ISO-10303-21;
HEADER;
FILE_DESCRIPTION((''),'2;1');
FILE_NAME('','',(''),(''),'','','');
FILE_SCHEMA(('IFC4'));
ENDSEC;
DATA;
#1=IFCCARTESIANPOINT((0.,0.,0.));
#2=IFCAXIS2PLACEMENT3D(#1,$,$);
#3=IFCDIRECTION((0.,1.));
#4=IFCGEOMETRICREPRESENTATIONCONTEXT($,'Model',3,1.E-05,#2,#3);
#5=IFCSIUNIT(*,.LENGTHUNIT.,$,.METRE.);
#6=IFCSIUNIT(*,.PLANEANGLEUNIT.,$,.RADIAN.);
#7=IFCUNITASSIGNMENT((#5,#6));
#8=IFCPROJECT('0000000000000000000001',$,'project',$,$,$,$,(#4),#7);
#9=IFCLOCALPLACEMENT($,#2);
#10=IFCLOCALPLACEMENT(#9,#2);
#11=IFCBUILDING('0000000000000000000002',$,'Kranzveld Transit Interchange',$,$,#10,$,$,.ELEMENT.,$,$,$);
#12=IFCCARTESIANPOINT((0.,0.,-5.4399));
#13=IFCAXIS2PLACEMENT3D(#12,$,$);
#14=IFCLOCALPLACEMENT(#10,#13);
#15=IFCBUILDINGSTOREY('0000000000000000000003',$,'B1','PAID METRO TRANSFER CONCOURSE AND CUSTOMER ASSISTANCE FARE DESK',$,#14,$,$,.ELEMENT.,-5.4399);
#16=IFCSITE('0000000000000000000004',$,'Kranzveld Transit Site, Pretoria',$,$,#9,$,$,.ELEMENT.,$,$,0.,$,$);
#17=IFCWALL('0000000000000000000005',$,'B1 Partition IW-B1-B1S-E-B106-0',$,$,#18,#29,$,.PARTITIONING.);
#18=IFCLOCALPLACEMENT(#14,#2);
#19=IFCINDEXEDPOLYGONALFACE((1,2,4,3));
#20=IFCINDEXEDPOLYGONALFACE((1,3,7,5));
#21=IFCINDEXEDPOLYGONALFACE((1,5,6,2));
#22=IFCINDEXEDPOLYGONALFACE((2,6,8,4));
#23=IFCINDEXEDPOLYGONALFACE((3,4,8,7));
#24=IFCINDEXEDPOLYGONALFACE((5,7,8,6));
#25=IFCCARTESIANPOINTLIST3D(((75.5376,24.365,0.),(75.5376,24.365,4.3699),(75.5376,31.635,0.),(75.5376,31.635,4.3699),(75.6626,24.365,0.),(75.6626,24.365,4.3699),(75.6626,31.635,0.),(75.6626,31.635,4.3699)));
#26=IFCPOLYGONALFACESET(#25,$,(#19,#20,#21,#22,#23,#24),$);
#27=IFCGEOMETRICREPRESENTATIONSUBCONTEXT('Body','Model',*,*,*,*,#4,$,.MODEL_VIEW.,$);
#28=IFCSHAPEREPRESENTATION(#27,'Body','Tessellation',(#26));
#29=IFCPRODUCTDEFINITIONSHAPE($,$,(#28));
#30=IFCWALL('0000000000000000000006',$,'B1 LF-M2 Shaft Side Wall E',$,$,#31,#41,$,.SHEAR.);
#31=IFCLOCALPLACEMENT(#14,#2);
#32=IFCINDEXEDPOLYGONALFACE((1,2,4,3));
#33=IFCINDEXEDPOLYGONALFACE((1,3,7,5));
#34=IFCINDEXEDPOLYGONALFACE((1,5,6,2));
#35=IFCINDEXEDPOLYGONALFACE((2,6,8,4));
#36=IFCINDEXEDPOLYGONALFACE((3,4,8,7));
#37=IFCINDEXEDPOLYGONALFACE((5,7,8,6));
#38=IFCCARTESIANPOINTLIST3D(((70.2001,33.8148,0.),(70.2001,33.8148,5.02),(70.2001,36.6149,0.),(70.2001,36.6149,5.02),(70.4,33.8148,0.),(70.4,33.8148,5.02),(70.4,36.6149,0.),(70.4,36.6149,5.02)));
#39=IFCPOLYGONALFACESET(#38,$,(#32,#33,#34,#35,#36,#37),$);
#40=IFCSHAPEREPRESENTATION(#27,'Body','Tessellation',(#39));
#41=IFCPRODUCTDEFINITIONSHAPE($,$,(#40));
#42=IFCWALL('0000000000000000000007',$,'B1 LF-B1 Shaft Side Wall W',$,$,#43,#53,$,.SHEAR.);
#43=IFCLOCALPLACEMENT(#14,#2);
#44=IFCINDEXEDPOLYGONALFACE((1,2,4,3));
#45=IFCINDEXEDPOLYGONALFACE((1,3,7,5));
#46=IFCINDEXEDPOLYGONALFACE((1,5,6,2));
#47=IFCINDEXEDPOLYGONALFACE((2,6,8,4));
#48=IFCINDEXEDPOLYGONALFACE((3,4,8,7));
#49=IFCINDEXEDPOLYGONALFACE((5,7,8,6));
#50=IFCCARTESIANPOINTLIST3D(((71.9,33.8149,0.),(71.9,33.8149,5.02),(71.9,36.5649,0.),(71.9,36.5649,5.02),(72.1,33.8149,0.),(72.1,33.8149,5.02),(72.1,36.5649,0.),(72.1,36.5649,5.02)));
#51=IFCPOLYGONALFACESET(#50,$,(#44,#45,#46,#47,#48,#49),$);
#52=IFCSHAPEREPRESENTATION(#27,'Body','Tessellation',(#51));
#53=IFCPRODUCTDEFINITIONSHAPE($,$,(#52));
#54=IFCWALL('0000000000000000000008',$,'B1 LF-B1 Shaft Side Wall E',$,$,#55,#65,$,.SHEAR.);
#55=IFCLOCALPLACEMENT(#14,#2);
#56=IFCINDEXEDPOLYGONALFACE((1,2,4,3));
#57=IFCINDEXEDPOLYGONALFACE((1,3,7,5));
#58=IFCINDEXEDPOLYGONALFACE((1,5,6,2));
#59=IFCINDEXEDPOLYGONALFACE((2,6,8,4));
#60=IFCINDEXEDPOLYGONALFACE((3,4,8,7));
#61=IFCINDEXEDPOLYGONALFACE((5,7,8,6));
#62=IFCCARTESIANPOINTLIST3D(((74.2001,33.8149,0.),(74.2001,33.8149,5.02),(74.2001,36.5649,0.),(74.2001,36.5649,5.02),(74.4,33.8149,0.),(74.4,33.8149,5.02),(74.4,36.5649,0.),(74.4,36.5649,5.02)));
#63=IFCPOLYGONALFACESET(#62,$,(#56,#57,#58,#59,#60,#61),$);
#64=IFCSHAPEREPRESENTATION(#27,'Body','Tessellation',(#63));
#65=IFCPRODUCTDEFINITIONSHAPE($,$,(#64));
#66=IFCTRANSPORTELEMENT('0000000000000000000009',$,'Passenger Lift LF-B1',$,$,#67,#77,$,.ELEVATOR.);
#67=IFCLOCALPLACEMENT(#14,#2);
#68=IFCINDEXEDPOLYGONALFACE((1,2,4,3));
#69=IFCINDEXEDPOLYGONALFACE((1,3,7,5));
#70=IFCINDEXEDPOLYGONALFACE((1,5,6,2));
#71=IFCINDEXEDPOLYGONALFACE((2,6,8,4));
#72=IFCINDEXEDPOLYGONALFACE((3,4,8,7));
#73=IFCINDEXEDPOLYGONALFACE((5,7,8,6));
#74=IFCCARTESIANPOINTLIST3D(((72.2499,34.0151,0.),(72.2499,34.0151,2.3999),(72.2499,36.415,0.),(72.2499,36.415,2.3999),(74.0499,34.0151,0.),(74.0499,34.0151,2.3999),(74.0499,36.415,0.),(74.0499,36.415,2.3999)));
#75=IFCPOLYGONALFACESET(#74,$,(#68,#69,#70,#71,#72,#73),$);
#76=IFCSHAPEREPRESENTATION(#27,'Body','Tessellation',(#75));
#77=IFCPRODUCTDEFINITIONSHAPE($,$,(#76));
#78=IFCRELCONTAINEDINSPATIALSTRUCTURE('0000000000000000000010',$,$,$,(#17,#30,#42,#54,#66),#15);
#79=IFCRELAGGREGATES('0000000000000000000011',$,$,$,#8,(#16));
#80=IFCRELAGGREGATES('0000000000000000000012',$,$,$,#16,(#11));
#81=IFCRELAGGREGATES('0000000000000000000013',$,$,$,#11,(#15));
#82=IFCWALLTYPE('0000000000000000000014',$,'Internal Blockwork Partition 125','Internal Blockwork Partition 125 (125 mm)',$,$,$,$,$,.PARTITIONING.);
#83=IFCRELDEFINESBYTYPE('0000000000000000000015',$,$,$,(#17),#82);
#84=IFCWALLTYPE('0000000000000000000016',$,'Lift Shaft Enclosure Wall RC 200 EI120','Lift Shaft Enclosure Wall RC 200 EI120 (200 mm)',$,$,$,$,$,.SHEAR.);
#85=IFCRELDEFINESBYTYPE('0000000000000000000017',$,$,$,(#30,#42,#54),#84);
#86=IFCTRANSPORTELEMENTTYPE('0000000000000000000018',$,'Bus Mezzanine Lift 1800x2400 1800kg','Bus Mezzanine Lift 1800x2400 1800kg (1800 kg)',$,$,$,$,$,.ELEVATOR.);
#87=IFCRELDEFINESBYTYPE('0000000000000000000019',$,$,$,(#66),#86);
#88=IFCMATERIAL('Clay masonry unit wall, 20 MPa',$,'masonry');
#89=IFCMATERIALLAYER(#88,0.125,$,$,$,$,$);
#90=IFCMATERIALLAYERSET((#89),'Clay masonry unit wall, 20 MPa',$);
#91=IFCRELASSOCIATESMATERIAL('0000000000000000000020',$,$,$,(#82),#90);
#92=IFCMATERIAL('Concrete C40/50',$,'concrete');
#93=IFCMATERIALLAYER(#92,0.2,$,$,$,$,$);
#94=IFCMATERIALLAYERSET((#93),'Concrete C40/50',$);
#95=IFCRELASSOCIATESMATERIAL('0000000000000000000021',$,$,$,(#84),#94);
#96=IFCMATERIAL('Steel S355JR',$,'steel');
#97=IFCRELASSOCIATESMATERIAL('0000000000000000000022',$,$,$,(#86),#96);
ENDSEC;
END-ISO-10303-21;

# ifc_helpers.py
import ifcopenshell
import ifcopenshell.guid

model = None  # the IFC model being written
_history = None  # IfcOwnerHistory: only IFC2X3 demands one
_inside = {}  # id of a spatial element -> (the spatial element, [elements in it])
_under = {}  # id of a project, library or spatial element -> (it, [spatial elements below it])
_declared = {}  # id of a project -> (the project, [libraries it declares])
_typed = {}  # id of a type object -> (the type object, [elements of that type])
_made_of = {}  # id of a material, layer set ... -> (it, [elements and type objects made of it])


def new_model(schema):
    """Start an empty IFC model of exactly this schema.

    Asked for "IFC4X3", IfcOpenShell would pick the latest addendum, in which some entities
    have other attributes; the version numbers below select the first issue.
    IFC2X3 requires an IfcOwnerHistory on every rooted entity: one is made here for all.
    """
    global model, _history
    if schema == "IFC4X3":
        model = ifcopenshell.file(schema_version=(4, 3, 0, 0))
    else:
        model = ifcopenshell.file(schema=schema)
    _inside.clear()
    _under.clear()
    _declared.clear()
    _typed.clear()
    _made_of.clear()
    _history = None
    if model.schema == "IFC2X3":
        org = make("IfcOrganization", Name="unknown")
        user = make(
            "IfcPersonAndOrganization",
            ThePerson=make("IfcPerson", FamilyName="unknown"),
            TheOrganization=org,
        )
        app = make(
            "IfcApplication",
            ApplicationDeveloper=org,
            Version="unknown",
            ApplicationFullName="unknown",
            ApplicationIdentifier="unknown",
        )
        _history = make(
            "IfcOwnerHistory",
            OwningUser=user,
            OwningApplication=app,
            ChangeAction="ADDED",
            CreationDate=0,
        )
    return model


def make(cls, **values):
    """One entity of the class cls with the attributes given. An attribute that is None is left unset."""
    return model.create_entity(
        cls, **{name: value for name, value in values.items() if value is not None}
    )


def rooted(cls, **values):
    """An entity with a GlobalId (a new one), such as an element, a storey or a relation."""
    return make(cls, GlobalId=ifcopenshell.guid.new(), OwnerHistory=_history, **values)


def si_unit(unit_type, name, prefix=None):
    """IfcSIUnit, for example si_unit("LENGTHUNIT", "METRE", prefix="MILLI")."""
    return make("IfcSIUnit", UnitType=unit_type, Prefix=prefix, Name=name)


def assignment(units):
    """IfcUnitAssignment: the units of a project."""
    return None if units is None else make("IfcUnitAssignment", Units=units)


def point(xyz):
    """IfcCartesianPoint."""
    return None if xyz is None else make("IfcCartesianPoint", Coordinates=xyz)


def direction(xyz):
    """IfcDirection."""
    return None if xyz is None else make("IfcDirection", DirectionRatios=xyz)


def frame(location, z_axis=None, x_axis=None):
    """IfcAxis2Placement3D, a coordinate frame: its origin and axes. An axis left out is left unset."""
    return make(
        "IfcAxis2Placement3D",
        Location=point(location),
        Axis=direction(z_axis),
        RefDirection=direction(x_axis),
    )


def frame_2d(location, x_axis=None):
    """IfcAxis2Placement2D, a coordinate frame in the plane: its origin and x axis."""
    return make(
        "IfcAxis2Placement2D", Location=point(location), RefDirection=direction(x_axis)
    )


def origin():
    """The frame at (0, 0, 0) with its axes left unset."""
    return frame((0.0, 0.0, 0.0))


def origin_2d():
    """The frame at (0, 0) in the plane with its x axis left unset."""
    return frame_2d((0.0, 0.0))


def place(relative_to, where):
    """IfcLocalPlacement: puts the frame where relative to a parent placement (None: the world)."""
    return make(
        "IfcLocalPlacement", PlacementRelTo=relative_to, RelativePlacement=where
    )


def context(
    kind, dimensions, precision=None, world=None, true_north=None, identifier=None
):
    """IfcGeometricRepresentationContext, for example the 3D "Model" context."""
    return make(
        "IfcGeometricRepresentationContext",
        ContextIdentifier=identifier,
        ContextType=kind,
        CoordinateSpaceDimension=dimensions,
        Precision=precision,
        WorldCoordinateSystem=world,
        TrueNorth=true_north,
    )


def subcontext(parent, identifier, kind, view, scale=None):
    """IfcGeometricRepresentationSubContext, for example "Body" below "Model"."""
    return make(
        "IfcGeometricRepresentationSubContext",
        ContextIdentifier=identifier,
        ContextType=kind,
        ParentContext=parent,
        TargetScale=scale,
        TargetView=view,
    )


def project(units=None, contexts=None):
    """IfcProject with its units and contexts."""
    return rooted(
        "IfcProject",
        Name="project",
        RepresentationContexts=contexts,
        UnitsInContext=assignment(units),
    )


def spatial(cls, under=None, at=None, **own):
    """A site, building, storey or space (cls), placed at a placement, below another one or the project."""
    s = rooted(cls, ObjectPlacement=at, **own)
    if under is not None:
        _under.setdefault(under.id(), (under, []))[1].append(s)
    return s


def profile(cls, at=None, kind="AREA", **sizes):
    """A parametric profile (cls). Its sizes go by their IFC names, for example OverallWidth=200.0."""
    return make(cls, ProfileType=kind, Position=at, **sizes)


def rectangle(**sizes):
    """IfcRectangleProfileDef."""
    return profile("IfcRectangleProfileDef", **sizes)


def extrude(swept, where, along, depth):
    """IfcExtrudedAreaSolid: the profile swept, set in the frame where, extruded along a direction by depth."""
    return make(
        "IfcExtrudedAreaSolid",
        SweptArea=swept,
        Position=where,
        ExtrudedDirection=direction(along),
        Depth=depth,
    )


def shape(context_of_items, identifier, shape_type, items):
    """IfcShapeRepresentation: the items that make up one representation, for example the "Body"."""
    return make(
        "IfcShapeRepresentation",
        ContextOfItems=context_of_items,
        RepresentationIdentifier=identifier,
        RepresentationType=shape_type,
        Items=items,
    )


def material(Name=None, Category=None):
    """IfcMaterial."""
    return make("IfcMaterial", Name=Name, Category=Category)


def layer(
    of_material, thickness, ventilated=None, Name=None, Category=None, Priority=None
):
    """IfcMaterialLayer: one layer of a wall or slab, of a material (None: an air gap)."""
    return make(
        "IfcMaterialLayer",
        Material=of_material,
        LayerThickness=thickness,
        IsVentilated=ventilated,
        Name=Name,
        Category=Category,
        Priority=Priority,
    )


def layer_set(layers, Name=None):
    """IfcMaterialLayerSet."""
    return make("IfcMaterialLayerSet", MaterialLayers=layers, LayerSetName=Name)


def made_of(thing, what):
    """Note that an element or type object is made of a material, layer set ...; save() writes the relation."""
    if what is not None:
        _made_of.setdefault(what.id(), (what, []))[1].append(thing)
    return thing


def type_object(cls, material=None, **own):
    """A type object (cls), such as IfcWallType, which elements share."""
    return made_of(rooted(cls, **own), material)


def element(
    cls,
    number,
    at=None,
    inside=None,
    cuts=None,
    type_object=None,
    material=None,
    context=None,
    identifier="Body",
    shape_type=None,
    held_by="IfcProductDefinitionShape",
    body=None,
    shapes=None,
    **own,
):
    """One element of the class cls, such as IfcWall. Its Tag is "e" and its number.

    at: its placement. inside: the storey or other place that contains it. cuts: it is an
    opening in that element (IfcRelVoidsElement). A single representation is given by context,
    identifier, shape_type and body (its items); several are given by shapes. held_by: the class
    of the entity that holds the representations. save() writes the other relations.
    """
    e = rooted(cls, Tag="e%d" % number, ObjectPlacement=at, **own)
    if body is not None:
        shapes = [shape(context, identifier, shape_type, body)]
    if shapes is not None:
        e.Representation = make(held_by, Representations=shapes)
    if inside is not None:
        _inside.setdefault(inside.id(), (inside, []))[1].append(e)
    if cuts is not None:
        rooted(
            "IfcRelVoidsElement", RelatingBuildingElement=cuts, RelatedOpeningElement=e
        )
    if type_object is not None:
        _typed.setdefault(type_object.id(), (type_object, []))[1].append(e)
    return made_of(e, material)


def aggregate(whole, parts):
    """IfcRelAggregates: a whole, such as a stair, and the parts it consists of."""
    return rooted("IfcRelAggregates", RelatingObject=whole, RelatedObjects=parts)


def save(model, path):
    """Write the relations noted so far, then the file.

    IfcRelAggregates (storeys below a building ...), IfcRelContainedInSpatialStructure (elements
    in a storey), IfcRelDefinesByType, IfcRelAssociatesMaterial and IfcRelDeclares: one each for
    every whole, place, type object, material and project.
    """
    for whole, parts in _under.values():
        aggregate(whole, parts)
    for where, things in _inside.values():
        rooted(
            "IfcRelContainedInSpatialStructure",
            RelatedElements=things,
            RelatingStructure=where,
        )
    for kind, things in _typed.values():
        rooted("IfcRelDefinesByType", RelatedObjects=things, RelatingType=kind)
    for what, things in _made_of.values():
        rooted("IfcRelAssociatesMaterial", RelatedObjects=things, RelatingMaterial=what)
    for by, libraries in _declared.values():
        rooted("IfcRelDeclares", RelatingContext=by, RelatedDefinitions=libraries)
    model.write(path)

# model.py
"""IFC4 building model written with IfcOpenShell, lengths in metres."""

from ifc_helpers import new_model, si_unit, direction, frame, frame_2d, origin, origin_2d, place, context, subcontext, project, spatial, rectangle, extrude, material, layer, layer_set, type_object, element, save


model = new_model("IFC4")

# Units and contexts
model_context = context("Model", 3, precision=1e-05, world=origin(), true_north=direction((0.0, 1.0)))
body_context = subcontext(model_context, "Body", "Model", "MODEL_VIEW")
ifc_project = project(units=[si_unit("LENGTHUNIT", "METRE"), si_unit("PLANEANGLEUNIT", "RADIAN")], contexts=[model_context])

# Site, building, storey
site_placement = place(None, origin())
site = spatial("IfcSite", under=ifc_project, at=site_placement, Name="Kranzveld Transit Site, Pretoria", CompositionType="ELEMENT", RefElevation=0.0)
building_placement = place(site_placement, origin())
building = spatial("IfcBuilding", under=site, at=building_placement, Name="Kranzveld Transit Interchange", CompositionType="ELEMENT")
storey_placement = place(building_placement, frame((0.0, 0.0, -5.4399)))
storey = spatial("IfcBuildingStorey", under=building, at=storey_placement, Name="B1", Description="PAID METRO TRANSFER CONCOURSE AND CUSTOMER ASSISTANCE FARE DESK", CompositionType="ELEMENT", Elevation=-5.4399)

# Walls
ifc_material_1 = material(Name="Clay masonry unit wall, 20 MPa", Category="masonry")
ifc_layer_1 = layer(ifc_material_1, 0.125)
ifc_layer_set_1 = layer_set([ifc_layer_1], Name="Clay masonry unit wall, 20 MPa")
wall_type_1 = type_object("IfcWallType", Name="Internal Blockwork Partition 125", Description="Internal Blockwork Partition 125 (125 mm)", PredefinedType="PARTITIONING", material=ifc_layer_set_1)
wall_1_placement = place(storey_placement, frame((75.6001, 24.365, 0.0), z_axis=(0.0, 0.0, 1.0), x_axis=(0.0, 1.0, 0.0)))
element("IfcWall", 1, at=wall_1_placement, inside=storey, type_object=wall_type_1, Name="B1 Partition IW-B1-B1S-E-B106-0", PredefinedType="PARTITIONING", context=body_context, shape_type="SweptSolid", body=[
    extrude(rectangle(XDim=7.27, YDim=0.125, at=frame_2d((3.635, 0.0))), origin(), (0.0, 0.0, 1.0), 4.3699),
])
ifc_material_2 = material(Name="Concrete C40/50", Category="concrete")
ifc_layer_2 = layer(ifc_material_2, 0.2)
ifc_layer_set_2 = layer_set([ifc_layer_2], Name="Concrete C40/50")
wall_type_2 = type_object("IfcWallType", Name="Lift Shaft Enclosure Wall RC 200 EI120", Description="Lift Shaft Enclosure Wall RC 200 EI120 (200 mm)", PredefinedType="SHEAR", material=ifc_layer_set_2)
wall_2_placement = place(storey_placement, frame((70.3, 33.8149, 0.0), z_axis=(0.0, 0.0, 1.0), x_axis=(0.0, 1.0, 0.0)))
element("IfcWall", 2, at=wall_2_placement, inside=storey, type_object=wall_type_2, Name="B1 LF-M2 Shaft Side Wall E", PredefinedType="SHEAR", context=body_context, shape_type="SweptSolid", body=[
    extrude(rectangle(XDim=2.8, YDim=0.2, at=frame_2d((1.3999, 0.0))), origin(), (0.0, 0.0, 1.0), 5.02),
])

# Walls
for number, where, z_axis, x_axis, name in (
    (3, (72.0, 33.8149, 0.0), (0.0, 0.0, 1.0), (0.0, 1.0, 0.0), "B1 LF-B1 Shaft Side Wall W"),
    (4, (74.3, 33.8149, 0.0), (0.0, 0.0, 1.0), (0.0, 1.0, 0.0), "B1 LF-B1 Shaft Side Wall E"),
):
    element("IfcWall", number, at=place(storey_placement, frame(where, z_axis=z_axis, x_axis=x_axis)), inside=storey, type_object=wall_type_2, Name=name, PredefinedType="SHEAR", context=body_context, shape_type="SweptSolid", body=[
        extrude(rectangle(XDim=2.75, YDim=0.2, at=frame_2d((1.375, 0.0))), origin(), (0.0, 0.0, 1.0), 5.02),
    ])

# Transport element
ifc_material_3 = material(Name="Steel S355JR", Category="steel")
transport_element_type = type_object("IfcTransportElementType", Name="Bus Mezzanine Lift 1800x2400 1800kg", Description="Bus Mezzanine Lift 1800x2400 1800kg (1800 kg)", PredefinedType="ELEVATOR", material=ifc_material_3)
transport_element_placement = place(storey_placement, frame((73.1499, 35.2151, 0.0), z_axis=(0.0, 0.0, 1.0), x_axis=(1.0, 0.0, 0.0)))
element("IfcTransportElement", 5, at=transport_element_placement, inside=storey, type_object=transport_element_type, Name="Passenger Lift LF-B1", PredefinedType="ELEVATOR", context=body_context, shape_type="SweptSolid", body=[
    extrude(rectangle(XDim=1.8, YDim=2.3999, at=origin_2d()), origin(), (0.0, 0.0, 1.0), 2.3999),
])

save(model, "model.ifc")
